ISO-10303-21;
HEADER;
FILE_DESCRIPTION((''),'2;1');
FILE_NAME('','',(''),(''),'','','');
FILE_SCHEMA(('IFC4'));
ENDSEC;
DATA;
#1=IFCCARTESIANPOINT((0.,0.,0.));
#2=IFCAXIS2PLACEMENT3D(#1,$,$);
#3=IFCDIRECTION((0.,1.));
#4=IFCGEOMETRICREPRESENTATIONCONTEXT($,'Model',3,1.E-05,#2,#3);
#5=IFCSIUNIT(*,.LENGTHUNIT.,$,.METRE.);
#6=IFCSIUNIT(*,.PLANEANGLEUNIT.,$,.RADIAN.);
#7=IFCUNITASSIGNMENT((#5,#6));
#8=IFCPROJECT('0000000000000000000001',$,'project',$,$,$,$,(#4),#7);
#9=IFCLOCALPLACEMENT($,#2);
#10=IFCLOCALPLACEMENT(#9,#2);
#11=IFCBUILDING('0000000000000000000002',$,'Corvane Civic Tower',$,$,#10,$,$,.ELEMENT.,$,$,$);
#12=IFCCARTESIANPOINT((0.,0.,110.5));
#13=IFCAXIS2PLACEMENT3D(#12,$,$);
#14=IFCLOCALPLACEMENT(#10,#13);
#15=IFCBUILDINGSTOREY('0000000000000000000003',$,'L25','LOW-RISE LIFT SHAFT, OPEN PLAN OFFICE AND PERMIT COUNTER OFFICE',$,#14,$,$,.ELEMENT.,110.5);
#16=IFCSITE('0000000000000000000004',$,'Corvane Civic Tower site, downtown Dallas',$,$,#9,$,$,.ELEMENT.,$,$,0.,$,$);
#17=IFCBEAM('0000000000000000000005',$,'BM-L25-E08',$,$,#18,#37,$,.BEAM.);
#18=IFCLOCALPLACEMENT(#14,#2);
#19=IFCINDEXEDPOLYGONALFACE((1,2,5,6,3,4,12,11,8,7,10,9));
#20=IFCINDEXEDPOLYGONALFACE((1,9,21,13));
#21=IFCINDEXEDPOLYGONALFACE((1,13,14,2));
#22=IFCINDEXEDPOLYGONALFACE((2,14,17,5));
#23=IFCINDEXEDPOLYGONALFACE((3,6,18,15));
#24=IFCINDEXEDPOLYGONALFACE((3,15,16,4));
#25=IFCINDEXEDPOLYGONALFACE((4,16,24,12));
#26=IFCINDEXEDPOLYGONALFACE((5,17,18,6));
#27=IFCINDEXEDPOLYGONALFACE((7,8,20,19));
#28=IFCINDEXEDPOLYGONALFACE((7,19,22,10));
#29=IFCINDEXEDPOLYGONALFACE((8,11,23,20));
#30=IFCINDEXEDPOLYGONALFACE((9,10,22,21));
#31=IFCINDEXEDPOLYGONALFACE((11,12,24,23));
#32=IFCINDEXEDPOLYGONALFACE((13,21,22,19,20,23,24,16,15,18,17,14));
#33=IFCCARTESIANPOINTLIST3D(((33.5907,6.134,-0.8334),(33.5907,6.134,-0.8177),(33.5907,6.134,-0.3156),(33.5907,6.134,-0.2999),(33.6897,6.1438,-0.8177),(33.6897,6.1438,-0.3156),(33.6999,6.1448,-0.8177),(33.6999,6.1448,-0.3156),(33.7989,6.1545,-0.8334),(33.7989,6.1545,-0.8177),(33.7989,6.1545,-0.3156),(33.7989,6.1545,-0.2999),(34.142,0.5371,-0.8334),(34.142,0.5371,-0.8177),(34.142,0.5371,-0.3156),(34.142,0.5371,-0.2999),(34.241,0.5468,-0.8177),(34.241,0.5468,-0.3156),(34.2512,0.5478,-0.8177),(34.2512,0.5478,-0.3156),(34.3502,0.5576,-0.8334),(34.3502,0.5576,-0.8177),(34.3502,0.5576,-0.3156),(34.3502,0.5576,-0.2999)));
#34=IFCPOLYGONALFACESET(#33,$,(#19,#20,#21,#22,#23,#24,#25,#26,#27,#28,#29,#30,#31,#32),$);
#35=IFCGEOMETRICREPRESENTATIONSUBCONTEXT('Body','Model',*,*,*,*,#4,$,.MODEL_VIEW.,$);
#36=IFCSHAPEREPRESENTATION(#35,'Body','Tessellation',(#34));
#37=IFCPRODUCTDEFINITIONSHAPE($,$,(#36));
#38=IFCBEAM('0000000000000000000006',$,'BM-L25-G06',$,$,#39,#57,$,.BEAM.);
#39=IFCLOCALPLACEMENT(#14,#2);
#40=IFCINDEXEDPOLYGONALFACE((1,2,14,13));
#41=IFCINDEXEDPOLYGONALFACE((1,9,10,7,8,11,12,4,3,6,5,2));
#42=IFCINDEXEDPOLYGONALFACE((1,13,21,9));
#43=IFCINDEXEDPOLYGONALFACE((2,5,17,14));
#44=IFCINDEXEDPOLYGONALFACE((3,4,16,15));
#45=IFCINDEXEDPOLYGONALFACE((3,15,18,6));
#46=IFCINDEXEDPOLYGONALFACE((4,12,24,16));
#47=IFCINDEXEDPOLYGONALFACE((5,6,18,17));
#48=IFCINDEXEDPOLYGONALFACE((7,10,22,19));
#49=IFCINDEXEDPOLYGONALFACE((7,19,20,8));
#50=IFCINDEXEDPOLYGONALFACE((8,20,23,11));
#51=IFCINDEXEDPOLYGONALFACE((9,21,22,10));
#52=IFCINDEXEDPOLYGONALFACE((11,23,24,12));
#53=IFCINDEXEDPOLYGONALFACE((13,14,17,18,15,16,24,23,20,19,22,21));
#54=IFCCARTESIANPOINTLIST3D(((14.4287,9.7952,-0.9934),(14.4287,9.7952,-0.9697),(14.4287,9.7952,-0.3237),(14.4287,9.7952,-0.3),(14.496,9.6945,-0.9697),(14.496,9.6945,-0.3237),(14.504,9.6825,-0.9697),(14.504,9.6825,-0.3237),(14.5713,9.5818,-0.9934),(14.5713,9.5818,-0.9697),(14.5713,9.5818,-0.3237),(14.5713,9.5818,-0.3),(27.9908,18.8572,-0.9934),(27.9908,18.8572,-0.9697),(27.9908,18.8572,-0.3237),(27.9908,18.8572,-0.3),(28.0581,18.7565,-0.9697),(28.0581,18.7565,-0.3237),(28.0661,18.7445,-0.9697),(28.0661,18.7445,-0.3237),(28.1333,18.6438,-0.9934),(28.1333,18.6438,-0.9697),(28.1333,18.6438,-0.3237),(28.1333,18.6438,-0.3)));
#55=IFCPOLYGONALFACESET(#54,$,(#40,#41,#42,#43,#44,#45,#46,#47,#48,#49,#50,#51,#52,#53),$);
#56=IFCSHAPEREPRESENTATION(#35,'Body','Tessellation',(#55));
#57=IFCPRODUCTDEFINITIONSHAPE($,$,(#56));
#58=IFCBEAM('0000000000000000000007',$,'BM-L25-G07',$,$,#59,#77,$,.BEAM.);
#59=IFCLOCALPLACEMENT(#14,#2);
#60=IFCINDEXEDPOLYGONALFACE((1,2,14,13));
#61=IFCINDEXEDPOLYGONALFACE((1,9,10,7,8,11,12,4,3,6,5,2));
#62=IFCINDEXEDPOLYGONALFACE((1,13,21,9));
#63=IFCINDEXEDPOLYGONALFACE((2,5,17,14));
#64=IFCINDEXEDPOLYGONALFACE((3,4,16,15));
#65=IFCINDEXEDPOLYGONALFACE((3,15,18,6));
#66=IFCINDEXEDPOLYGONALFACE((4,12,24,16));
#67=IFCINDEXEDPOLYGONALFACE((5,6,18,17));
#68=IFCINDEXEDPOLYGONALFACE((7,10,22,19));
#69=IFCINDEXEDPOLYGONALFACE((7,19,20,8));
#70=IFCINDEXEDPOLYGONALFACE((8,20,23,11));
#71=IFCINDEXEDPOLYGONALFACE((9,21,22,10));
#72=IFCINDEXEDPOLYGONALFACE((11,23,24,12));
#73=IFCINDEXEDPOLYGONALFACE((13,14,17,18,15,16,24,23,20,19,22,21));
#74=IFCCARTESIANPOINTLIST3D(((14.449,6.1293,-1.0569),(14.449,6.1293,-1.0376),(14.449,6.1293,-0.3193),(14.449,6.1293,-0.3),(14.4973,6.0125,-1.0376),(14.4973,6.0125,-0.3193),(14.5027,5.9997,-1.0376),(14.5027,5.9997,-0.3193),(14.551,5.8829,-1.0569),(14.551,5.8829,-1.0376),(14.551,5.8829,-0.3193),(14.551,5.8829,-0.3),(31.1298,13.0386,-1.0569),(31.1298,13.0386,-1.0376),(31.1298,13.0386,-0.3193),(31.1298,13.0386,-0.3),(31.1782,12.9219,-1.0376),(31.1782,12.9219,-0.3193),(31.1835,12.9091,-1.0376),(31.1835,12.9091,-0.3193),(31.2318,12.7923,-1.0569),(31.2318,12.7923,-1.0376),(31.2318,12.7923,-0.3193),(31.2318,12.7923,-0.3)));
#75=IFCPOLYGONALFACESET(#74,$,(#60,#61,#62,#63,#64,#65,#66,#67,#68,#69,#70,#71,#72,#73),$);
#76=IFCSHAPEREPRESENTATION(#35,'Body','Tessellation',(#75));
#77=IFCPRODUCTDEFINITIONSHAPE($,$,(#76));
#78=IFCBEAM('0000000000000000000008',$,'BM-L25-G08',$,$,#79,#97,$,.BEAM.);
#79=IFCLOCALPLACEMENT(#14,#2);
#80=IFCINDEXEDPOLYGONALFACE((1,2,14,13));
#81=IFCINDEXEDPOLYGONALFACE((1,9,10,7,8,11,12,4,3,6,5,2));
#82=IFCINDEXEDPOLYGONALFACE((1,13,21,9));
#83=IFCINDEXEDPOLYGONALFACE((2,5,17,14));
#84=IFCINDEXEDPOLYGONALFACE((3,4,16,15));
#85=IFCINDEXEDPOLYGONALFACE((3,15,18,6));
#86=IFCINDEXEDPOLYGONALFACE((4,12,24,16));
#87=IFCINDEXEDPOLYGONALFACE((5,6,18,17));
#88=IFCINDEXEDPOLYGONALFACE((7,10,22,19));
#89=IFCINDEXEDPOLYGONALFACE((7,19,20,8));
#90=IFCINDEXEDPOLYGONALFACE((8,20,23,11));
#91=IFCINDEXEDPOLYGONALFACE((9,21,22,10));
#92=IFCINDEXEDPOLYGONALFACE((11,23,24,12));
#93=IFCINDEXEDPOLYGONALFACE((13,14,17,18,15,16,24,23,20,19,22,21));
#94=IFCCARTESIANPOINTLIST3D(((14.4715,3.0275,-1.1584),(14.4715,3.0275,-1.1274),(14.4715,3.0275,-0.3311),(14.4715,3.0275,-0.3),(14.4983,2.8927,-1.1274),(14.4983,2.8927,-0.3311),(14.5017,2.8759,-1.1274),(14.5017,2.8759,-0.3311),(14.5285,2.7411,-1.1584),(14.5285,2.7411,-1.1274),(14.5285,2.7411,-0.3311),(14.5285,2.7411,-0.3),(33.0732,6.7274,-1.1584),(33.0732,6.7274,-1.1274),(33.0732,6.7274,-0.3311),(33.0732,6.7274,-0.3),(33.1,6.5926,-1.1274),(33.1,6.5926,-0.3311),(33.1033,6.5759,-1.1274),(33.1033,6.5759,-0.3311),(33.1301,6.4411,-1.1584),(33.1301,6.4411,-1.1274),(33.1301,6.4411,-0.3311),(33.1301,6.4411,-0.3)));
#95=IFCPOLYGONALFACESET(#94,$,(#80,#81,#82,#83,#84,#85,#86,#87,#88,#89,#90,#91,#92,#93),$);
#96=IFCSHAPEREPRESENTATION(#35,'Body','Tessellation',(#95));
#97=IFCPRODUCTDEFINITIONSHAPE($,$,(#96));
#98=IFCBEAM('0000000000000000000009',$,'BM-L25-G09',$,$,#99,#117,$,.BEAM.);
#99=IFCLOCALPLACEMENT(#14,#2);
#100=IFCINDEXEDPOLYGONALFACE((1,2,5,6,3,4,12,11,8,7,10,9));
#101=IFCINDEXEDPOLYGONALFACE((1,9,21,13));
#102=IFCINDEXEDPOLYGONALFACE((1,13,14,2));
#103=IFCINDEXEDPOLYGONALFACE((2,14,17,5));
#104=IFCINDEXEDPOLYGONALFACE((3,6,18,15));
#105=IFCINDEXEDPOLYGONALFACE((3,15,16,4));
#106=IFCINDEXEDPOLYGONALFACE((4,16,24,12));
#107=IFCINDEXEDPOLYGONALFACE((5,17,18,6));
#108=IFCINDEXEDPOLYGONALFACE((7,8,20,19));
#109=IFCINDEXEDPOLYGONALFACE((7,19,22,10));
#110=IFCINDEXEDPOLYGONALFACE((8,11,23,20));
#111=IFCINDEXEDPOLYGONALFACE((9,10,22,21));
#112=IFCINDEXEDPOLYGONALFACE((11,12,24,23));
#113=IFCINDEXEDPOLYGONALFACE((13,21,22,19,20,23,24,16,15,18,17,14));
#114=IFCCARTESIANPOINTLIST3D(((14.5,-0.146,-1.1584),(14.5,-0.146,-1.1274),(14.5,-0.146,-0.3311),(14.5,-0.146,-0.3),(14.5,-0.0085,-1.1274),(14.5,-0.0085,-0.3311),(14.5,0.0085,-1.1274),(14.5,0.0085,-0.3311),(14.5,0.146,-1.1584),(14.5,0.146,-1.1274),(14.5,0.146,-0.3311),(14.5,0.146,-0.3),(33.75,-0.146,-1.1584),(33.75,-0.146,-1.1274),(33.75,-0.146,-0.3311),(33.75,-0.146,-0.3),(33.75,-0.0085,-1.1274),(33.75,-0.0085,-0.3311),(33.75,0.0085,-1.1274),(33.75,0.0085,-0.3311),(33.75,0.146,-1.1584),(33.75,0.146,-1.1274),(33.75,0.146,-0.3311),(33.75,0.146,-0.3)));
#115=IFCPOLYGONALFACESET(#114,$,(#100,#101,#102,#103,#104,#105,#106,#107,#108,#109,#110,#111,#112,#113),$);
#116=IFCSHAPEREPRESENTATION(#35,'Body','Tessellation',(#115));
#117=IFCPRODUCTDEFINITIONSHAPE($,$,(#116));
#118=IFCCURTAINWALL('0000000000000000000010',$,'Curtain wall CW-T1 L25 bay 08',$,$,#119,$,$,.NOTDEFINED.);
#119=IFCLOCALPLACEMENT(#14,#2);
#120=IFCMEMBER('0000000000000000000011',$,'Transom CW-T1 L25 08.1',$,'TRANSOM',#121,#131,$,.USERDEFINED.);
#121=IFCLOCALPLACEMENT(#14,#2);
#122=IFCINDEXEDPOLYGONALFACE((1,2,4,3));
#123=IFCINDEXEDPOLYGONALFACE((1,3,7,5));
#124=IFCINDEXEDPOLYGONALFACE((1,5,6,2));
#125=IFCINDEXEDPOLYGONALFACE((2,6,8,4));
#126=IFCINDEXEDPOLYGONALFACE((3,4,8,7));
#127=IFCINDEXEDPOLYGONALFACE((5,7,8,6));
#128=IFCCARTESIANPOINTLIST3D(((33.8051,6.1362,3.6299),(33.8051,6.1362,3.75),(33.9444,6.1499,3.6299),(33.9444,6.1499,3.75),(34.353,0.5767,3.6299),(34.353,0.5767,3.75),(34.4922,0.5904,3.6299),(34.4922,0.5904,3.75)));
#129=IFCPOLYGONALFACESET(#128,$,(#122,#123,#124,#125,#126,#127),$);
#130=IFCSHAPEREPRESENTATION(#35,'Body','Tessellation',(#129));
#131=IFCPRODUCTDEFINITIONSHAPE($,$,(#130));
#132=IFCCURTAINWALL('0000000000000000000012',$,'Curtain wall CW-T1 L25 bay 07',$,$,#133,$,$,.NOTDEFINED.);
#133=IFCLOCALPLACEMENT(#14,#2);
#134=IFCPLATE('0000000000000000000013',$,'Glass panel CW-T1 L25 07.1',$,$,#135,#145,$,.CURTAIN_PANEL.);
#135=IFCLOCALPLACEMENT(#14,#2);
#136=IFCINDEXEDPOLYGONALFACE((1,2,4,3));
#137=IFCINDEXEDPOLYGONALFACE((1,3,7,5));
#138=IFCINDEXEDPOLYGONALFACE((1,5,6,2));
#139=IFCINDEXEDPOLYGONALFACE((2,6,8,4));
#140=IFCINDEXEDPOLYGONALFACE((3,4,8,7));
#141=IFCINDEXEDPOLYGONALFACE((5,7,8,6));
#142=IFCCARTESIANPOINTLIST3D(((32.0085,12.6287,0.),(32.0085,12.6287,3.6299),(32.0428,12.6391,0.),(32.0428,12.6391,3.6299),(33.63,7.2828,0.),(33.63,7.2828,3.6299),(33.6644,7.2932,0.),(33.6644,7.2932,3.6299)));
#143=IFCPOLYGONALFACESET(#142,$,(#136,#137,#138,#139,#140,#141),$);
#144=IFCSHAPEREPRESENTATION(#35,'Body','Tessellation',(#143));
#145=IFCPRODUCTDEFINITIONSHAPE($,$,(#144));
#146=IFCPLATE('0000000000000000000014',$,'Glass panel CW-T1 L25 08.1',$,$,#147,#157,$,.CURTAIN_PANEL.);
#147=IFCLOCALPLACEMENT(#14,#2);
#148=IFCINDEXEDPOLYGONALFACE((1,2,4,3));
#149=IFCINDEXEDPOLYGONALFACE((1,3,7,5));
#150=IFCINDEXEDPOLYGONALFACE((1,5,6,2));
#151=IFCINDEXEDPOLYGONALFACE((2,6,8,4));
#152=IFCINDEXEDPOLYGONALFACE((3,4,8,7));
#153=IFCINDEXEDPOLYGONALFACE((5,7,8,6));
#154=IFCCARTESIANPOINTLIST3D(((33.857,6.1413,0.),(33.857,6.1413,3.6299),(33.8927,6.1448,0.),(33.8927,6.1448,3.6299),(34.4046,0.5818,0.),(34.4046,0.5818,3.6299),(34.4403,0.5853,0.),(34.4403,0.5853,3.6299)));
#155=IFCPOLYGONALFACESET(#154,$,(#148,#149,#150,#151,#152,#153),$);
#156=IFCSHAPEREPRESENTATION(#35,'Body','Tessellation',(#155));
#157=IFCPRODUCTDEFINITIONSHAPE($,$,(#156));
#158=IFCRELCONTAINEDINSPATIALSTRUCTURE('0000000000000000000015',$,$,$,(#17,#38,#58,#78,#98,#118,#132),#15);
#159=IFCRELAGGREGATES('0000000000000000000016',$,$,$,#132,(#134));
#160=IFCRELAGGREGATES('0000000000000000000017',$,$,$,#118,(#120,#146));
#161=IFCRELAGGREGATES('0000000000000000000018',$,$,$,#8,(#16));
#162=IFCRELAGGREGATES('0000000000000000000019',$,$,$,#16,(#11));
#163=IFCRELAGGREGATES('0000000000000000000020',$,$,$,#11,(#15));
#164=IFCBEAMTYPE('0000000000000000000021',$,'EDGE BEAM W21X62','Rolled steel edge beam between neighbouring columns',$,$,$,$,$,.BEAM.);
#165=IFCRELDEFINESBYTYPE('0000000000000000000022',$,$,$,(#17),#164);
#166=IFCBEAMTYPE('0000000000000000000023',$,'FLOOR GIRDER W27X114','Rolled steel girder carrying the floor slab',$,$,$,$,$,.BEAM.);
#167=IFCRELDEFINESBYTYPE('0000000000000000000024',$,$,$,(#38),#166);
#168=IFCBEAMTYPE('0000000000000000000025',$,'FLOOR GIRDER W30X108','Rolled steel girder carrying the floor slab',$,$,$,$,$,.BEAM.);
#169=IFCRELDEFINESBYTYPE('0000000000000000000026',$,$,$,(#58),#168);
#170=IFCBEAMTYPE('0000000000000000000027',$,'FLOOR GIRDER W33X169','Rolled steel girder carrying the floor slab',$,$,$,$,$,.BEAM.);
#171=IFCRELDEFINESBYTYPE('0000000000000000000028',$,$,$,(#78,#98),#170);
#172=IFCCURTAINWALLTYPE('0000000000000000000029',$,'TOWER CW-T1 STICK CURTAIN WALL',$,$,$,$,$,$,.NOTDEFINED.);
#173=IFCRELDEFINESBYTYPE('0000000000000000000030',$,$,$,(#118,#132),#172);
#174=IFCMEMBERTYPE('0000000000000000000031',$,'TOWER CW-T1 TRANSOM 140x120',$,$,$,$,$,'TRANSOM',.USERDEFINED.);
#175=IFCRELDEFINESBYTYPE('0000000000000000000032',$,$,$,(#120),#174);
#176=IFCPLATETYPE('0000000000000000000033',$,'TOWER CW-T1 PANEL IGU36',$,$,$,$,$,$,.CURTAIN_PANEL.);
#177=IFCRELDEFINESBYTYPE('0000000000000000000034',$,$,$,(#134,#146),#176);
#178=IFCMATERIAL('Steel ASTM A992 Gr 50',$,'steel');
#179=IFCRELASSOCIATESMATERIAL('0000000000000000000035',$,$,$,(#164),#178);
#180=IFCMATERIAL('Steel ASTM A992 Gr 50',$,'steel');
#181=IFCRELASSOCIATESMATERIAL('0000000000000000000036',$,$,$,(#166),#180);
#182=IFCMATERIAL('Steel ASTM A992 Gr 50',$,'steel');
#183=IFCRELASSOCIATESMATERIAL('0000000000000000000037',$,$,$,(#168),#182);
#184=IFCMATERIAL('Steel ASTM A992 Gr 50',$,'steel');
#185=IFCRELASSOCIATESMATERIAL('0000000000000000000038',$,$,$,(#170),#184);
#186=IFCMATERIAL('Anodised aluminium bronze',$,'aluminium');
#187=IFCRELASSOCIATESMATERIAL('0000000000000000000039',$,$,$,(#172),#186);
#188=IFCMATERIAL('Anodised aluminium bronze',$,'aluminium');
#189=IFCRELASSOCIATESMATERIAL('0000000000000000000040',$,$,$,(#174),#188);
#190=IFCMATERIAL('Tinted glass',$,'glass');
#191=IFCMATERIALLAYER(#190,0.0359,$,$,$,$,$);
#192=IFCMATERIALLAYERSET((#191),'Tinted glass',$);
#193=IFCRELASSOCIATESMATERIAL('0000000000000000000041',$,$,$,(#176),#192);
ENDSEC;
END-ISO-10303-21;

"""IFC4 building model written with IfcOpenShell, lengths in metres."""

from ifc_helpers import new_model, si_unit, direction, frame, origin, origin_2d, place, context, subcontext, project, spatial, rectangle, i_section, extrude, material, layer, layer_set, material_profile, profile_set, type_object, element, aggregate, save


model = new_model("IFC4")

# Units and contexts
model_context = context("Model", 3, precision=1e-05, world=origin(), true_north=direction((0.0, 1.0)))
body_context = subcontext(model_context, "Body", "Model", "MODEL_VIEW")
ifc_project = project(units=[si_unit("LENGTHUNIT", "METRE"), si_unit("PLANEANGLEUNIT", "RADIAN")], contexts=[model_context])

# Site, building, storey
site_placement = place(None, origin())
site = spatial("IfcSite", under=ifc_project, at=site_placement, Name="Corvane Civic Tower site, downtown Dallas", CompositionType="ELEMENT", RefElevation=0.0)
building_placement = place(site_placement, origin())
building = spatial("IfcBuilding", under=site, at=building_placement, Name="Corvane Civic Tower", CompositionType="ELEMENT")
storey_placement = place(building_placement, frame((0.0, 0.0, 110.5)))
storey = spatial("IfcBuildingStorey", under=building, at=storey_placement, Name="L25", Description="LOW-RISE LIFT SHAFT, OPEN PLAN OFFICE AND PERMIT COUNTER OFFICE", CompositionType="ELEMENT", Elevation=110.5)

# Beams
ifc_material_1 = material(Name="Steel ASTM A992 Gr 50", Category="steel")
ifc_material_profile_1 = material_profile(ifc_material_1, i_section(OverallWidth=0.2092, OverallDepth=0.5334, WebThickness=0.0103, FlangeThickness=0.0156, at=origin_2d()), Name="W21X62")
ifc_profile_set_1 = profile_set([ifc_material_profile_1], Name="Steel ASTM A992 Gr 50")
beam_type_1 = type_object("IfcBeamType", Name="EDGE BEAM W21X62", Description="Rolled steel edge beam between neighbouring columns", PredefinedType="BEAM", material=ifc_profile_set_1)
beam_1_placement = place(storey_placement, frame((33.6948, 6.1443, -0.5667), z_axis=(0.098021, -0.995184, 0.0), x_axis=(0.995184, 0.098021, 0.0)))
element("IfcBeam", 1, at=beam_1_placement, inside=storey, type_object=beam_type_1, Name="BM-L25-E08", PredefinedType="BEAM", context=body_context, shape_type="SweptSolid", body=[
    extrude(i_section(OverallWidth=0.2092, OverallDepth=0.5334, WebThickness=0.0103, FlangeThickness=0.0156, at=origin_2d()), origin(), (0.0, 0.0, 1.0), 5.624),
])
ifc_material_2 = material(Name="Steel ASTM A992 Gr 50", Category="steel")
ifc_material_profile_2 = material_profile(ifc_material_2, i_section(OverallWidth=0.2566, OverallDepth=0.6934, WebThickness=0.0144, FlangeThickness=0.0237, at=origin_2d()), Name="W27X114")
ifc_profile_set_2 = profile_set([ifc_material_profile_2], Name="Steel ASTM A992 Gr 50")
beam_type_2 = type_object("IfcBeamType", Name="FLOOR GIRDER W27X114", Description="Rolled steel girder carrying the floor slab", PredefinedType="BEAM", material=ifc_profile_set_2)
beam_2_placement = place(storey_placement, frame((14.5, 9.6885, -0.6467), z_axis=(0.831465, 0.555577, 0.0), x_axis=(-0.555577, 0.831465, 0.0)))
element("IfcBeam", 2, at=beam_2_placement, inside=storey, type_object=beam_type_2, Name="BM-L25-G06", PredefinedType="BEAM", context=body_context, shape_type="SweptSolid", body=[
    extrude(i_section(OverallWidth=0.2566, OverallDepth=0.6934, WebThickness=0.0144, FlangeThickness=0.0237, at=origin_2d()), origin(), (0.0, 0.0, 1.0), 16.311),
])
ifc_material_3 = material(Name="Steel ASTM A992 Gr 50", Category="steel")
ifc_material_profile_3 = material_profile(ifc_material_3, i_section(OverallWidth=0.2666, OverallDepth=0.7568, WebThickness=0.0139, FlangeThickness=0.0193, at=origin_2d()), Name="W30X108")
ifc_profile_set_3 = profile_set([ifc_material_profile_3], Name="Steel ASTM A992 Gr 50")
beam_type_3 = type_object("IfcBeamType", Name="FLOOR GIRDER W30X108", Description="Rolled steel girder carrying the floor slab", PredefinedType="BEAM", material=ifc_profile_set_3)
beam_3_placement = place(storey_placement, frame((14.5, 6.0061, -0.6785), z_axis=(0.92388, 0.382682, 0.0), x_axis=(-0.382682, 0.92388, 0.0)))
element("IfcBeam", 3, at=beam_3_placement, inside=storey, type_object=beam_type_3, Name="BM-L25-G07", PredefinedType="BEAM", context=body_context, shape_type="SweptSolid", body=[
    extrude(i_section(OverallWidth=0.2666, OverallDepth=0.7568, WebThickness=0.0139, FlangeThickness=0.0193, at=origin_2d()), origin(), (0.0, 0.0, 1.0), 18.0552),
])
ifc_material_4 = material(Name="Steel ASTM A992 Gr 50", Category="steel")
ifc_material_profile_4 = material_profile(ifc_material_4, i_section(OverallWidth=0.292, OverallDepth=0.8584, WebThickness=0.0171, FlangeThickness=0.031, at=origin_2d()), Name="W33X169")
ifc_profile_set_4 = profile_set([ifc_material_profile_4], Name="Steel ASTM A992 Gr 50")
beam_type_4 = type_object("IfcBeamType", Name="FLOOR GIRDER W33X169", Description="Rolled steel girder carrying the floor slab", PredefinedType="BEAM", material=ifc_profile_set_4)
beam_4_placement = place(storey_placement, frame((14.5, 2.8843, -0.7292), z_axis=(0.980787, 0.195084, 0.0), x_axis=(-0.195084, 0.980787, 0.0)))
element("IfcBeam", 4, at=beam_4_placement, inside=storey, type_object=beam_type_4, Name="BM-L25-G08", PredefinedType="BEAM", context=body_context, shape_type="SweptSolid", body=[
    extrude(i_section(OverallWidth=0.292, OverallDepth=0.8584, WebThickness=0.0171, FlangeThickness=0.031, at=origin_2d()), origin(), (0.0, 0.0, 1.0), 18.9661),
])
beam_5_placement = place(storey_placement, frame((14.5, 0.0, -0.7292), z_axis=(1.0, 0.0, 0.0), x_axis=(0.0, 1.0, 0.0)))
element("IfcBeam", 5, at=beam_5_placement, inside=storey, type_object=beam_type_4, Name="BM-L25-G09", PredefinedType="BEAM", context=body_context, shape_type="SweptSolid", body=[
    extrude(i_section(OverallWidth=0.292, OverallDepth=0.8584, WebThickness=0.0171, FlangeThickness=0.031, at=origin_2d()), origin(), (0.0, 0.0, 1.0), 19.25),
])

# Curtain wall, member
ifc_material_5 = material(Name="Anodised aluminium bronze", Category="aluminium")
curtain_wall_type = type_object("IfcCurtainWallType", Name="TOWER CW-T1 STICK CURTAIN WALL", PredefinedType="NOTDEFINED", material=ifc_material_5)
curtain_wall_1_placement = place(storey_placement, origin())
curtain_wall_1 = element("IfcCurtainWall", 6, at=curtain_wall_1_placement, inside=storey, type_object=curtain_wall_type, Name="Curtain wall CW-T1 L25 bay 08", PredefinedType="NOTDEFINED")
ifc_material_6 = material(Name="Anodised aluminium bronze", Category="aluminium")
ifc_material_profile_5 = material_profile(ifc_material_6, rectangle(XDim=0.1399, YDim=0.1201, at=origin_2d()), Name="TOWER CW-T1 TRANSOM 140x120")
ifc_profile_set_5 = profile_set([ifc_material_profile_5], Name="Anodised aluminium bronze")
member_type = type_object("IfcMemberType", Name="TOWER CW-T1 TRANSOM 140x120", ElementType="TRANSOM", PredefinedType="USERDEFINED", material=ifc_profile_set_5)
member_placement = place(storey_placement, frame((33.8748, 6.1431, 3.6899), z_axis=(0.098067, -0.99518, 0.0), x_axis=(0.99518, 0.098067, 0.0)))
member = element("IfcMember", 7, at=member_placement, type_object=member_type, Name="Transom CW-T1 L25 08.1", ObjectType="TRANSOM", PredefinedType="USERDEFINED", context=body_context, shape_type="SweptSolid", body=[
    extrude(rectangle(XDim=0.1399, YDim=0.1201, at=origin_2d()), origin(), (0.0, 0.0, 1.0), 5.5864),
])

# Curtain wall, plate
curtain_wall_2_placement = place(storey_placement, origin())
curtain_wall_2 = element("IfcCurtainWall", 8, at=curtain_wall_2_placement, inside=storey, type_object=curtain_wall_type, Name="Curtain wall CW-T1 L25 bay 07", PredefinedType="NOTDEFINED")
ifc_material_7 = material(Name="Tinted glass", Category="glass")
ifc_layer_1 = layer(ifc_material_7, 0.0359)
ifc_layer_set_1 = layer_set([ifc_layer_1], Name="Tinted glass")
plate_type = type_object("IfcPlateType", Name="TOWER CW-T1 PANEL IGU36", PredefinedType="CURTAIN_PANEL", material=ifc_layer_set_1)
plate_1_placement = place(storey_placement, frame((32.8364, 9.9609, 0.0), z_axis=(0.0, 0.0, 1.0), x_axis=(0.290266, -0.956946, 0.0)))
plate_1 = element("IfcPlate", 9, at=plate_1_placement, type_object=plate_type, Name="Glass panel CW-T1 L25 07.1", PredefinedType="CURTAIN_PANEL", context=body_context, shape_type="SweptSolid", body=[
    extrude(rectangle(XDim=5.5864, YDim=0.0359, at=origin_2d()), origin(), (0.0, 0.0, 1.0), 3.6299),
])
aggregate(curtain_wall_2, [plate_1])

# Plate
plate_2_placement = place(storey_placement, frame((34.1487, 3.3633, 0.0), z_axis=(0.0, 0.0, 1.0), x_axis=(0.098027, -0.995184, 0.0)))
plate_2 = element("IfcPlate", 10, at=plate_2_placement, type_object=plate_type, Name="Glass panel CW-T1 L25 08.1", PredefinedType="CURTAIN_PANEL", context=body_context, shape_type="SweptSolid", body=[
    extrude(rectangle(XDim=5.5864, YDim=0.0359, at=origin_2d()), origin(), (0.0, 0.0, 1.0), 3.6299),
])
aggregate(curtain_wall_1, [member, plate_2])

save(model, "model.ifc")
